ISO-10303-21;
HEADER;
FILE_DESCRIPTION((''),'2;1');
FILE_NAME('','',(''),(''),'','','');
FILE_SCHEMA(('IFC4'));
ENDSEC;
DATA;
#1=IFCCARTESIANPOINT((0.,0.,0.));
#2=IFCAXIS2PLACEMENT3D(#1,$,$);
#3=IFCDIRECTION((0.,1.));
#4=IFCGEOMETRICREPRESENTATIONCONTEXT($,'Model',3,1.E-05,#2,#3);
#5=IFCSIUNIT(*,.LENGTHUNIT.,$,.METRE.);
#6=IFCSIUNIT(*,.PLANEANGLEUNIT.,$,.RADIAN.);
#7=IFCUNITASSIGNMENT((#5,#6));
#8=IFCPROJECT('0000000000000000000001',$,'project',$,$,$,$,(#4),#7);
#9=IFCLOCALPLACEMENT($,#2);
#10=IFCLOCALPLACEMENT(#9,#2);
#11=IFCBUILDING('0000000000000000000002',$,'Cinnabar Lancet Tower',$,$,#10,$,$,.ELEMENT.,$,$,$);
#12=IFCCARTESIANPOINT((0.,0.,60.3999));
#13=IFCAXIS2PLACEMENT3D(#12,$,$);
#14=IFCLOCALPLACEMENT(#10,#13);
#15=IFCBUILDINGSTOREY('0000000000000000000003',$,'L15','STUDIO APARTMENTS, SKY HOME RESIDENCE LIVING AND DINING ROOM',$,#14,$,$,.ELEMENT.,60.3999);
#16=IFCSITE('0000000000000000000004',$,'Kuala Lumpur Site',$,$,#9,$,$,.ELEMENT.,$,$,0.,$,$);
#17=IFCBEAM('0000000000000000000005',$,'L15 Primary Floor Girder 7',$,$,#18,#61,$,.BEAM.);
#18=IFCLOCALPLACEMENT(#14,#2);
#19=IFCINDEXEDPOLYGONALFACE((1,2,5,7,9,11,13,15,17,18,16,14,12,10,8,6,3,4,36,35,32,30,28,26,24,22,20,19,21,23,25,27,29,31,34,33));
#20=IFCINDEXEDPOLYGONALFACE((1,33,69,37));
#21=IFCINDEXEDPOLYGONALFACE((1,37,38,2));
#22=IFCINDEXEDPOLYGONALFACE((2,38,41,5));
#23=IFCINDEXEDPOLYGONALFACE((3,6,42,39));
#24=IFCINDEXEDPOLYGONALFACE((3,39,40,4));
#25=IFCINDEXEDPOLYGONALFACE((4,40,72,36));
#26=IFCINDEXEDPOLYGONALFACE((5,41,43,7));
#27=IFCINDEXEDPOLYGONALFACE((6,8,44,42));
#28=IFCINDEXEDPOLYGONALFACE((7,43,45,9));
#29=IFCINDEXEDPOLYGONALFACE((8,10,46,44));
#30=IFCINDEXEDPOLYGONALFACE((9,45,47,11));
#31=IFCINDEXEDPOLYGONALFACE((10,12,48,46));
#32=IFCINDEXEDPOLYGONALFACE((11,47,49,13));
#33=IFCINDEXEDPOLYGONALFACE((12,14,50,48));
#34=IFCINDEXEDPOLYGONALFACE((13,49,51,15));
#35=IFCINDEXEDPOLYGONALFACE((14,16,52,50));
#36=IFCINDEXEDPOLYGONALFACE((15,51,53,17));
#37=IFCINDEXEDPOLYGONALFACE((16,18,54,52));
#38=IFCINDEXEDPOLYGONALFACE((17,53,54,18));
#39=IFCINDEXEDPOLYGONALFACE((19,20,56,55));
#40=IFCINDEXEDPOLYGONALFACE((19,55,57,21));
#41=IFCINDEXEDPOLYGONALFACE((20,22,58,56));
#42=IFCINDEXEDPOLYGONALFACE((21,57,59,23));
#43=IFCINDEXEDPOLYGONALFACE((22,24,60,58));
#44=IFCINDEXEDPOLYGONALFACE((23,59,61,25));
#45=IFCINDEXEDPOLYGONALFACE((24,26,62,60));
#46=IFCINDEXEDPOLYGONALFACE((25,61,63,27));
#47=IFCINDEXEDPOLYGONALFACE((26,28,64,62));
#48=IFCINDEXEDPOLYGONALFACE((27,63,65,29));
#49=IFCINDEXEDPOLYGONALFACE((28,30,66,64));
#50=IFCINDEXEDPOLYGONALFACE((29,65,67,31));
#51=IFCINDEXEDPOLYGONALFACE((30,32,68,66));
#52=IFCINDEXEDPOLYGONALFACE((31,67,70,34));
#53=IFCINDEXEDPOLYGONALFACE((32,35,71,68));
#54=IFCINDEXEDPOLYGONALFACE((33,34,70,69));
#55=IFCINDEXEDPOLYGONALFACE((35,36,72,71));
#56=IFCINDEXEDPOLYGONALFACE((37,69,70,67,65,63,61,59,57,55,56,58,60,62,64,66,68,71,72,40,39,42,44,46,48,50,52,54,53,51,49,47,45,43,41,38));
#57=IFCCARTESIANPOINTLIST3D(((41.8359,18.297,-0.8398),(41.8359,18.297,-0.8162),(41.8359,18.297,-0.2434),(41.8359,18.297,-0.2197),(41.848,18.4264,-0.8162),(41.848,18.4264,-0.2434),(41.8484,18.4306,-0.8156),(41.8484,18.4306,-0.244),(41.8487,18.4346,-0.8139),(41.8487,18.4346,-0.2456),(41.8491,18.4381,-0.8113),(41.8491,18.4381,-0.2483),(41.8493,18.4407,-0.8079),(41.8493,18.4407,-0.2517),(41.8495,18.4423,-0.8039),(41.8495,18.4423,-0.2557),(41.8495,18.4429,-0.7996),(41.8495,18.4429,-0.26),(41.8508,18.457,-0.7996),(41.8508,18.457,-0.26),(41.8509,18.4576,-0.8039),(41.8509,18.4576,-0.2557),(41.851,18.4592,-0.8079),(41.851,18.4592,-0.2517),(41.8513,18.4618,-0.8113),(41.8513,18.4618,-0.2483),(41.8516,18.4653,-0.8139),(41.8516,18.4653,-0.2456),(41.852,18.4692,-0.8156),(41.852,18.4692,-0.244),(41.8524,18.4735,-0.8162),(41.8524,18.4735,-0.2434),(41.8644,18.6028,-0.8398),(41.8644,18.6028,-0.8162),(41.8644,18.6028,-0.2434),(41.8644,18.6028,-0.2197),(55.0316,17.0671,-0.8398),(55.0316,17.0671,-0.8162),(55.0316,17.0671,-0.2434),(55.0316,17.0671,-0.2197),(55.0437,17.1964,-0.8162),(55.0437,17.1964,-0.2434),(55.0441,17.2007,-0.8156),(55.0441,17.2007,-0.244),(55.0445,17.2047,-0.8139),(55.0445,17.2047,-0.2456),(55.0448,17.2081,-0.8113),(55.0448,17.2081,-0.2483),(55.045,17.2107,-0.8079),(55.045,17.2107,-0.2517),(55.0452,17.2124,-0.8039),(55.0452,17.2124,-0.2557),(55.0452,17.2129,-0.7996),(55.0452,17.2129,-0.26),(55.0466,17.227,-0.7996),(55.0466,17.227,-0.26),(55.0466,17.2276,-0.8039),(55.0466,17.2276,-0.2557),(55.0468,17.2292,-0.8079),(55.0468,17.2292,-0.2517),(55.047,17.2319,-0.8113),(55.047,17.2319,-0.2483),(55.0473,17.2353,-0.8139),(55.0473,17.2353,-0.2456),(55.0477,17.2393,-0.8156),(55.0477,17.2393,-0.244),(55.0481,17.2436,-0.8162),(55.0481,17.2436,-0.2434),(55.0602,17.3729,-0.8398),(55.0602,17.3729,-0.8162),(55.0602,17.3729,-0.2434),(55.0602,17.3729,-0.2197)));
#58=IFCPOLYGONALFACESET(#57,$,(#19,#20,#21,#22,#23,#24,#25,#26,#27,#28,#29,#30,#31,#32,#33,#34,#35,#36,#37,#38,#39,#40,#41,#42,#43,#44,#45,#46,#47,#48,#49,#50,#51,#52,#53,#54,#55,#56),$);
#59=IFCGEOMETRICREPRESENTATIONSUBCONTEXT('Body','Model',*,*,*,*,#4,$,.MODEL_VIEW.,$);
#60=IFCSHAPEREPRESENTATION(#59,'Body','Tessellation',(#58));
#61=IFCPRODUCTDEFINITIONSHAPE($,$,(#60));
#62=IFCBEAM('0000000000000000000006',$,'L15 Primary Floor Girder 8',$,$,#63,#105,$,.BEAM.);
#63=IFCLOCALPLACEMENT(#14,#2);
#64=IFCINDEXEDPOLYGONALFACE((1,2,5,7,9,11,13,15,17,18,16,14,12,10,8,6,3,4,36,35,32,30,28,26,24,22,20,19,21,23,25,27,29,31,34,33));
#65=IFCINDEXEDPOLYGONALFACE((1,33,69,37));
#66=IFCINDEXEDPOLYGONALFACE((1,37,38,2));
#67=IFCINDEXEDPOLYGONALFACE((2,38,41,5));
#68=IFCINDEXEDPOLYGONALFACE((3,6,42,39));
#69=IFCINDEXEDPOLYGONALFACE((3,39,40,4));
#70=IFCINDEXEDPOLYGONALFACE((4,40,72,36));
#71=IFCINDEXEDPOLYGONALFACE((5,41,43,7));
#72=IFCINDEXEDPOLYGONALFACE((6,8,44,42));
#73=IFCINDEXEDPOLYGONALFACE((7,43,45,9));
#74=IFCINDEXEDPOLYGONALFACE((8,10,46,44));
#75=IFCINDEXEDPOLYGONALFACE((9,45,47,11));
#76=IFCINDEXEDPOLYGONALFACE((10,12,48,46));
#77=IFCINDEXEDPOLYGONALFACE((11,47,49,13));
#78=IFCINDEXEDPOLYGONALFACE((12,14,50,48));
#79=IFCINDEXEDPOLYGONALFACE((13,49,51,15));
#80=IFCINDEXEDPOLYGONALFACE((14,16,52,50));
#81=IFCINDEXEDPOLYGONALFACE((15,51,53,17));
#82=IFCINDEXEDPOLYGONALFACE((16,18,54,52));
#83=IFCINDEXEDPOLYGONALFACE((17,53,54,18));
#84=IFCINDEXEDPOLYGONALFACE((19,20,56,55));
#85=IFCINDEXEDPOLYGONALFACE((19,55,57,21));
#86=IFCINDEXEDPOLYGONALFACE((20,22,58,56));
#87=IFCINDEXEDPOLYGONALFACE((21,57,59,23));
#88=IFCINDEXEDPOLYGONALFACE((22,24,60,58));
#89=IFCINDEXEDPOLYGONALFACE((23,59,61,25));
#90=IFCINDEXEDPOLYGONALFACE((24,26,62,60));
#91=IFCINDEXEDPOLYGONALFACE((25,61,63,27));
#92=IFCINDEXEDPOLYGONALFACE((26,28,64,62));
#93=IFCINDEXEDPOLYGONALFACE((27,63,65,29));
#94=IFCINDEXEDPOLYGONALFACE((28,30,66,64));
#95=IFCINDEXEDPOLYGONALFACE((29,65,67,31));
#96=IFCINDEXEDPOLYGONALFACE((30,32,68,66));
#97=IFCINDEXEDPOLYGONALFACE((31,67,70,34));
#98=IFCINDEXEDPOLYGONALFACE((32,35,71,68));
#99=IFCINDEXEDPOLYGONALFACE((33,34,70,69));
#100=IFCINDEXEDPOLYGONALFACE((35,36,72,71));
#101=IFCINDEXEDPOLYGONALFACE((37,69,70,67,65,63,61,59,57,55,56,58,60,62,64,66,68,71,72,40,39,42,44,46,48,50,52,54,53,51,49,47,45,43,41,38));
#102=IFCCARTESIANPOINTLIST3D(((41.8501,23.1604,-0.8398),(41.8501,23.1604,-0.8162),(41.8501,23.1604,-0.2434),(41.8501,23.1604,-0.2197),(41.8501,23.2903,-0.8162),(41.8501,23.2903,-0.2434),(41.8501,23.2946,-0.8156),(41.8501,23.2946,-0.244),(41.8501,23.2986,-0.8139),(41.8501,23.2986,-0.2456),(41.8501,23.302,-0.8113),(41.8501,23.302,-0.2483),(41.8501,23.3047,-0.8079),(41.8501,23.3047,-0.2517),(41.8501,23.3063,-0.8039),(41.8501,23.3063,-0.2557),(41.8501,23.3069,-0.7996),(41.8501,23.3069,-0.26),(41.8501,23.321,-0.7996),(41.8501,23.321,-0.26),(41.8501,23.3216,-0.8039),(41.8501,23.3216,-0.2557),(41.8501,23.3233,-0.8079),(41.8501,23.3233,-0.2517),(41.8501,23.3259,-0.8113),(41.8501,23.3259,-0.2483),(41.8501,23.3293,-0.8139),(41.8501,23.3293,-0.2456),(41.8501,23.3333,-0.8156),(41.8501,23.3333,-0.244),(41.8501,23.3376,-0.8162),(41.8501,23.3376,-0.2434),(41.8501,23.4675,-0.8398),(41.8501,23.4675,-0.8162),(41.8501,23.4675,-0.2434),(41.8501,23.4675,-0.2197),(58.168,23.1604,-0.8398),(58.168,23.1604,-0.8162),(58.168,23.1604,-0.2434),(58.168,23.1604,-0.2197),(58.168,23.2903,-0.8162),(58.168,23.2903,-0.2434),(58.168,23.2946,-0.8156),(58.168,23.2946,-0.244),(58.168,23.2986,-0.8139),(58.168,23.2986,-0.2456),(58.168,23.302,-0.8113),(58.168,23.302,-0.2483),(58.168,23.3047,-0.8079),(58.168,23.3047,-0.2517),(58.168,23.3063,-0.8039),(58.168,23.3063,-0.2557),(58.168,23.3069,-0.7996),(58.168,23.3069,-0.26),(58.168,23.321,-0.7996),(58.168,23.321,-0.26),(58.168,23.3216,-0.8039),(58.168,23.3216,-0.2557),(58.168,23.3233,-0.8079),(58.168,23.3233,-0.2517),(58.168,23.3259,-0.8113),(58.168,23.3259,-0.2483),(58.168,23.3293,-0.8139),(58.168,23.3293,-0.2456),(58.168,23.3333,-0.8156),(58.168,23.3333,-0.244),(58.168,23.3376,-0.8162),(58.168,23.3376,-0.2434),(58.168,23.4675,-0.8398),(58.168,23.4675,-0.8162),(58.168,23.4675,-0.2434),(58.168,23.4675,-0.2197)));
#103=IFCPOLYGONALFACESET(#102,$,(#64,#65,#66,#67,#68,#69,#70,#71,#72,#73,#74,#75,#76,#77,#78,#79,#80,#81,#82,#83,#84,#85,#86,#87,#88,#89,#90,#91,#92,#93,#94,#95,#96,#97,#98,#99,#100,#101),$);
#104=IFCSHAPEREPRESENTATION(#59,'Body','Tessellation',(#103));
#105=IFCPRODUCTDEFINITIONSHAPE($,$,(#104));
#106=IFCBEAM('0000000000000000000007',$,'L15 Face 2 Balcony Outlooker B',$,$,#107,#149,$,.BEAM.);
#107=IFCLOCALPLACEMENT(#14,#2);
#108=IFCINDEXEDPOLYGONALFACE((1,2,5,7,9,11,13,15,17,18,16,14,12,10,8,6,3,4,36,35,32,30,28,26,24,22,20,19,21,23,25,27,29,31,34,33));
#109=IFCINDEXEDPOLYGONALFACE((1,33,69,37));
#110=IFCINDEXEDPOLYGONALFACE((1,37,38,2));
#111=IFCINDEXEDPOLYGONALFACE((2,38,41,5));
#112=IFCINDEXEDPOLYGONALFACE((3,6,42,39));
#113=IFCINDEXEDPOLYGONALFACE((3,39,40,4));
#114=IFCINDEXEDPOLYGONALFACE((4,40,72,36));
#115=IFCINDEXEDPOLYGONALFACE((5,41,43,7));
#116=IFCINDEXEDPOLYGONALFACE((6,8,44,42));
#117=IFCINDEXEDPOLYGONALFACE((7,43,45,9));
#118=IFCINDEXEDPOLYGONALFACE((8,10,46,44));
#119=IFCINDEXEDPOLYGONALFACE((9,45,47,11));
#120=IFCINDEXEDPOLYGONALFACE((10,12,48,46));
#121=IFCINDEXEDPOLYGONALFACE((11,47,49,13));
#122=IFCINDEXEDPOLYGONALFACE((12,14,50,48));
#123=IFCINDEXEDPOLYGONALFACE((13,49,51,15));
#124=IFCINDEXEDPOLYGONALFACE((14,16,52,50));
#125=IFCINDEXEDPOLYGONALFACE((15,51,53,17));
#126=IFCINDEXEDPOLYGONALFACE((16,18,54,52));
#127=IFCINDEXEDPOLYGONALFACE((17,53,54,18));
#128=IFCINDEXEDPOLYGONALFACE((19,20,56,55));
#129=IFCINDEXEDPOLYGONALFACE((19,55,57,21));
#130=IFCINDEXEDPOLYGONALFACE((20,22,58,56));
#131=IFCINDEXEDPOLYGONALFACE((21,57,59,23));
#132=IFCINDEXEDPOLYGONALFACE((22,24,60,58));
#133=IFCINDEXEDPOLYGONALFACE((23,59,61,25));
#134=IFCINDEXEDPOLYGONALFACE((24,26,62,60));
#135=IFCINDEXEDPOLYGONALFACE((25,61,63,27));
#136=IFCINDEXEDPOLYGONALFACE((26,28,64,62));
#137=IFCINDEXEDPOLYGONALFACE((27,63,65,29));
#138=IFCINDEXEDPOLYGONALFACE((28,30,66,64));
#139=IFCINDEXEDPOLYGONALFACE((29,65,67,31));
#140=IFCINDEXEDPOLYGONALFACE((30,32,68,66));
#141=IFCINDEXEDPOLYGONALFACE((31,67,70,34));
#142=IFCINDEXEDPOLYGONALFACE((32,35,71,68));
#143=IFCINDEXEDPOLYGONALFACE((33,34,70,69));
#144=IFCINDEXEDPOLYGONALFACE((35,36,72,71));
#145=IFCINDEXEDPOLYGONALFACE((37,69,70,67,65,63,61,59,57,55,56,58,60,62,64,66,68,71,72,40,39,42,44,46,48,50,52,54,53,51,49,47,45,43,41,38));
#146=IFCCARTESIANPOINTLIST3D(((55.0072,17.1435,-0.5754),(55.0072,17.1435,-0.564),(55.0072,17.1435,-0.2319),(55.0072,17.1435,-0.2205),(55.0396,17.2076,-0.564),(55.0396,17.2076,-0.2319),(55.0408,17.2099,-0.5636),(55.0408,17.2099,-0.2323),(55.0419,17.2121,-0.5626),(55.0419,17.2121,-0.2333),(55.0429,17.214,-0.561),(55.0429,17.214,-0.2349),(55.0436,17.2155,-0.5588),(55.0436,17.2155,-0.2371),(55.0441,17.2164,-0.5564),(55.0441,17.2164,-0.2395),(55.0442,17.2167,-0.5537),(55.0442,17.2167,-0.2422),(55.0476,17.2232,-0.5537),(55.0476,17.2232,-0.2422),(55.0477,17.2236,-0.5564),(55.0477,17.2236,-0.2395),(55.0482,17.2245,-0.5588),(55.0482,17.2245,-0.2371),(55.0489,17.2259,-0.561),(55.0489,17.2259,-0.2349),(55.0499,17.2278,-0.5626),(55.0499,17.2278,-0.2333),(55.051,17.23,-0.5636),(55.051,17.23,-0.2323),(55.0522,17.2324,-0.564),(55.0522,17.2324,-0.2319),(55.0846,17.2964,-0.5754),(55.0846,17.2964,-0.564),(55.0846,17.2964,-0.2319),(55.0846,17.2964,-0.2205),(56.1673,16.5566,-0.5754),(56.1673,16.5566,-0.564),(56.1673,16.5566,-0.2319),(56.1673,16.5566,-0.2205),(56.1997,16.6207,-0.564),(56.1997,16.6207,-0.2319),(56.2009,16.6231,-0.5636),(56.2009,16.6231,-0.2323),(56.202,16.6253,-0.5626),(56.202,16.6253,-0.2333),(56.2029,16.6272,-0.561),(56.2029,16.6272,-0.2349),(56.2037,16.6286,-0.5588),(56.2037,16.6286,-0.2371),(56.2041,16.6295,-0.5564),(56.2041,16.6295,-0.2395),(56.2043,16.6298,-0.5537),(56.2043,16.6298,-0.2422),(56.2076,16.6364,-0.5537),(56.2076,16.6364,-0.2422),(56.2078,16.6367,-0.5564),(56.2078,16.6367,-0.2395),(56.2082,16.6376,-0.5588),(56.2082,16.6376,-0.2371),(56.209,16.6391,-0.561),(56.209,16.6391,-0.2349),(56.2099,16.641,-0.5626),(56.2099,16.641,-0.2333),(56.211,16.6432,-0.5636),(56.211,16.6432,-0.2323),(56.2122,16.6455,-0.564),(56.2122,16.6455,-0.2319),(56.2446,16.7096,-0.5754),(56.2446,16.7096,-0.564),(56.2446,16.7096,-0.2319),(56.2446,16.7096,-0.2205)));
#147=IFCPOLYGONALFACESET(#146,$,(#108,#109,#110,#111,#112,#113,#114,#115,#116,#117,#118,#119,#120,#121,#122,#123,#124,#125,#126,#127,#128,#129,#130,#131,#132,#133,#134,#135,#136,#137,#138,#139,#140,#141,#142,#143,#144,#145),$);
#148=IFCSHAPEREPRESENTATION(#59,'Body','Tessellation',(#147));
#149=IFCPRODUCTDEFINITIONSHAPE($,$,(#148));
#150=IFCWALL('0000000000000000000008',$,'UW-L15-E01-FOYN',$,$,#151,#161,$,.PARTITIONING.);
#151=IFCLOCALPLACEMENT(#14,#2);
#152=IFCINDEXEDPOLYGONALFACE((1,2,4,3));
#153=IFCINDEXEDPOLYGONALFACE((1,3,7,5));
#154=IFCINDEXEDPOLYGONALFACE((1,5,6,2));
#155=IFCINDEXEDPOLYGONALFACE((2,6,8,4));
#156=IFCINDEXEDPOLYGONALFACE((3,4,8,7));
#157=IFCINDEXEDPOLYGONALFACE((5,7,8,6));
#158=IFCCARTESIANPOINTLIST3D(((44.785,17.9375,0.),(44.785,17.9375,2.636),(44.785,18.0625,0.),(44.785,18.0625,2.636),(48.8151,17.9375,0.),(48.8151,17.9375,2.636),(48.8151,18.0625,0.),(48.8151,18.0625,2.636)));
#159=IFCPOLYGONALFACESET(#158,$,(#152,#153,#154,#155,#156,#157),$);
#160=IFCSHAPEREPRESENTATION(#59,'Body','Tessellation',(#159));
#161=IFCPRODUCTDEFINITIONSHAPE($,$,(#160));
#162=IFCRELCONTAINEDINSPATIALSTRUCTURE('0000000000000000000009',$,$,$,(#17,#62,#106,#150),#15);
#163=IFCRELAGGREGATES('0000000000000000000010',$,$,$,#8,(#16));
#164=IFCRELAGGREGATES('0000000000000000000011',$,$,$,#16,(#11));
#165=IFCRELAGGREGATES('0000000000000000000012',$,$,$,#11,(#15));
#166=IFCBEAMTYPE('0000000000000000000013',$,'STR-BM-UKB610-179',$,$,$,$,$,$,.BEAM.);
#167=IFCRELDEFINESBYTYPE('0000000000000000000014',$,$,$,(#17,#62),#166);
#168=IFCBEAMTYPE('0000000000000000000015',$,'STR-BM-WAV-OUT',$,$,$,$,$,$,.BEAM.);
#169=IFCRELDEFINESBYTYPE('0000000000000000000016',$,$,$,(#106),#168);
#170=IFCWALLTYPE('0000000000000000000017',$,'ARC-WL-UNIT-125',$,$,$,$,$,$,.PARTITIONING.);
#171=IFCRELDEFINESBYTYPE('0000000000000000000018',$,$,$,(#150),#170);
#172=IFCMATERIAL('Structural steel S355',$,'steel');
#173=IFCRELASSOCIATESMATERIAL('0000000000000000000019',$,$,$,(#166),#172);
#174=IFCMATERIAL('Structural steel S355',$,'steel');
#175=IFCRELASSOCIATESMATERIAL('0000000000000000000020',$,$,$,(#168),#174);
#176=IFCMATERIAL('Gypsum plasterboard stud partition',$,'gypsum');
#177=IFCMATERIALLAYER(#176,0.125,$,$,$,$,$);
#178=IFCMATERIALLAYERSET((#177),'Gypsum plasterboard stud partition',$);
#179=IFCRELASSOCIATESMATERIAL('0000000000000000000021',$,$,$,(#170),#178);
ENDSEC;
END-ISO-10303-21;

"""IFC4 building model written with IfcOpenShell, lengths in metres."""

from ifc_helpers import new_model, si_unit, direction, frame, frame_2d, origin, origin_2d, place, context, subcontext, project, spatial, rectangle, i_section, extrude, material, layer, layer_set, material_profile, profile_set, type_object, element, save


model = new_model("IFC4")

# Units and contexts
model_context = context("Model", 3, precision=1e-05, world=origin(), true_north=direction((0.0, 1.0)))
body_context = subcontext(model_context, "Body", "Model", "MODEL_VIEW")
ifc_project = project(units=[si_unit("LENGTHUNIT", "METRE"), si_unit("PLANEANGLEUNIT", "RADIAN")], contexts=[model_context])

# Site, building, storey
site_placement = place(None, origin())
site = spatial("IfcSite", under=ifc_project, at=site_placement, Name="Kuala Lumpur Site", CompositionType="ELEMENT", RefElevation=0.0)
building_placement = place(site_placement, origin())
building = spatial("IfcBuilding", under=site, at=building_placement, Name="Cinnabar Lancet Tower", CompositionType="ELEMENT")
storey_placement = place(building_placement, frame((0.0, 0.0, 60.3999)))
storey = spatial("IfcBuildingStorey", under=building, at=storey_placement, Name="L15", Description="STUDIO APARTMENTS, SKY HOME RESIDENCE LIVING AND DINING ROOM", CompositionType="ELEMENT", Elevation=60.3999)

# Beams
ifc_material_1 = material(Name="Structural steel S355", Category="steel")
ifc_material_profile_1 = material_profile(ifc_material_1, i_section(OverallWidth=0.3071, OverallDepth=0.6201, WebThickness=0.0142, FlangeThickness=0.0237, FilletRadius=0.0166, at=origin_2d()), Name="UKB 610x305x179")
ifc_profile_set_1 = profile_set([ifc_material_profile_1], Name="Structural steel S355")
beam_type_1 = type_object("IfcBeamType", Name="STR-BM-UKB610-179", PredefinedType="BEAM", material=ifc_profile_set_1)
beam_1_placement = place(storey_placement, frame((55.0459, 17.22, -0.5298), z_axis=(-0.995684, 0.092808, 0.0), x_axis=(-0.092808, -0.995684, 0.0)))
element("IfcBeam", 1, at=beam_1_placement, inside=storey, type_object=beam_type_1, Name="L15 Primary Floor Girder 7", PredefinedType="BEAM", context=body_context, shape_type="SweptSolid", body=[
    extrude(i_section(OverallWidth=0.3071, OverallDepth=0.6201, WebThickness=0.0142, FlangeThickness=0.0237, FilletRadius=0.0166, at=origin_2d()), origin(), (0.0, 0.0, 1.0), 13.2529),
])
beam_2_placement = place(storey_placement, frame((58.168, 23.314, -0.5298), z_axis=(-1.0, 0.0, 0.0), x_axis=(0.0, -1.0, 0.0)))
element("IfcBeam", 2, at=beam_2_placement, inside=storey, type_object=beam_type_1, Name="L15 Primary Floor Girder 8", PredefinedType="BEAM", context=body_context, shape_type="SweptSolid", body=[
    extrude(i_section(OverallWidth=0.3071, OverallDepth=0.6201, WebThickness=0.0142, FlangeThickness=0.0237, FilletRadius=0.0166, at=origin_2d()), origin(), (0.0, 0.0, 1.0), 16.3179),
])
ifc_material_2 = material(Name="Structural steel S355", Category="steel")
ifc_material_profile_2 = material_profile(ifc_material_2, i_section(OverallWidth=0.1714, OverallDepth=0.355, WebThickness=0.0073, FlangeThickness=0.0115, FilletRadius=0.0103, at=origin_2d()), Name="UKB 356x171x51")
ifc_profile_set_2 = profile_set([ifc_material_profile_2], Name="Structural steel S355")
beam_type_2 = type_object("IfcBeamType", Name="STR-BM-WAV-OUT", PredefinedType="BEAM", material=ifc_profile_set_2)
beam_3_placement = place(storey_placement, frame((55.0459, 17.22, -0.3979), z_axis=(0.892314, -0.451415, 0.0), x_axis=(0.451415, 0.892314, 0.0)))
element("IfcBeam", 3, at=beam_3_placement, inside=storey, type_object=beam_type_2, Name="L15 Face 2 Balcony Outlooker B", PredefinedType="BEAM", context=body_context, shape_type="SweptSolid", body=[
    extrude(i_section(OverallWidth=0.1714, OverallDepth=0.355, WebThickness=0.0073, FlangeThickness=0.0115, FilletRadius=0.0103, at=origin_2d()), origin(), (0.0, 0.0, 1.0), 1.3),
])

# Wall
ifc_material_3 = material(Name="Gypsum plasterboard stud partition", Category="gypsum")
ifc_layer_1 = layer(ifc_material_3, 0.125)
ifc_layer_set_1 = layer_set([ifc_layer_1], Name="Gypsum plasterboard stud partition")
wall_type_1 = type_object("IfcWallType", Name="ARC-WL-UNIT-125", PredefinedType="PARTITIONING", material=ifc_layer_set_1)
wall_1_placement = place(storey_placement, frame((44.7849, 18.0, 0.0), z_axis=(0.0, 0.0, 1.0), x_axis=(1.0, 0.0, 0.0)))
element("IfcWall", 4, at=wall_1_placement, inside=storey, type_object=wall_type_1, Name="UW-L15-E01-FOYN", PredefinedType="PARTITIONING", context=body_context, shape_type="SweptSolid", body=[
    extrude(rectangle(XDim=4.03, YDim=0.125, at=frame_2d((2.0151, 0.0))), origin(), (0.0, 0.0, 1.0), 2.636),
])

save(model, "model.ifc")
